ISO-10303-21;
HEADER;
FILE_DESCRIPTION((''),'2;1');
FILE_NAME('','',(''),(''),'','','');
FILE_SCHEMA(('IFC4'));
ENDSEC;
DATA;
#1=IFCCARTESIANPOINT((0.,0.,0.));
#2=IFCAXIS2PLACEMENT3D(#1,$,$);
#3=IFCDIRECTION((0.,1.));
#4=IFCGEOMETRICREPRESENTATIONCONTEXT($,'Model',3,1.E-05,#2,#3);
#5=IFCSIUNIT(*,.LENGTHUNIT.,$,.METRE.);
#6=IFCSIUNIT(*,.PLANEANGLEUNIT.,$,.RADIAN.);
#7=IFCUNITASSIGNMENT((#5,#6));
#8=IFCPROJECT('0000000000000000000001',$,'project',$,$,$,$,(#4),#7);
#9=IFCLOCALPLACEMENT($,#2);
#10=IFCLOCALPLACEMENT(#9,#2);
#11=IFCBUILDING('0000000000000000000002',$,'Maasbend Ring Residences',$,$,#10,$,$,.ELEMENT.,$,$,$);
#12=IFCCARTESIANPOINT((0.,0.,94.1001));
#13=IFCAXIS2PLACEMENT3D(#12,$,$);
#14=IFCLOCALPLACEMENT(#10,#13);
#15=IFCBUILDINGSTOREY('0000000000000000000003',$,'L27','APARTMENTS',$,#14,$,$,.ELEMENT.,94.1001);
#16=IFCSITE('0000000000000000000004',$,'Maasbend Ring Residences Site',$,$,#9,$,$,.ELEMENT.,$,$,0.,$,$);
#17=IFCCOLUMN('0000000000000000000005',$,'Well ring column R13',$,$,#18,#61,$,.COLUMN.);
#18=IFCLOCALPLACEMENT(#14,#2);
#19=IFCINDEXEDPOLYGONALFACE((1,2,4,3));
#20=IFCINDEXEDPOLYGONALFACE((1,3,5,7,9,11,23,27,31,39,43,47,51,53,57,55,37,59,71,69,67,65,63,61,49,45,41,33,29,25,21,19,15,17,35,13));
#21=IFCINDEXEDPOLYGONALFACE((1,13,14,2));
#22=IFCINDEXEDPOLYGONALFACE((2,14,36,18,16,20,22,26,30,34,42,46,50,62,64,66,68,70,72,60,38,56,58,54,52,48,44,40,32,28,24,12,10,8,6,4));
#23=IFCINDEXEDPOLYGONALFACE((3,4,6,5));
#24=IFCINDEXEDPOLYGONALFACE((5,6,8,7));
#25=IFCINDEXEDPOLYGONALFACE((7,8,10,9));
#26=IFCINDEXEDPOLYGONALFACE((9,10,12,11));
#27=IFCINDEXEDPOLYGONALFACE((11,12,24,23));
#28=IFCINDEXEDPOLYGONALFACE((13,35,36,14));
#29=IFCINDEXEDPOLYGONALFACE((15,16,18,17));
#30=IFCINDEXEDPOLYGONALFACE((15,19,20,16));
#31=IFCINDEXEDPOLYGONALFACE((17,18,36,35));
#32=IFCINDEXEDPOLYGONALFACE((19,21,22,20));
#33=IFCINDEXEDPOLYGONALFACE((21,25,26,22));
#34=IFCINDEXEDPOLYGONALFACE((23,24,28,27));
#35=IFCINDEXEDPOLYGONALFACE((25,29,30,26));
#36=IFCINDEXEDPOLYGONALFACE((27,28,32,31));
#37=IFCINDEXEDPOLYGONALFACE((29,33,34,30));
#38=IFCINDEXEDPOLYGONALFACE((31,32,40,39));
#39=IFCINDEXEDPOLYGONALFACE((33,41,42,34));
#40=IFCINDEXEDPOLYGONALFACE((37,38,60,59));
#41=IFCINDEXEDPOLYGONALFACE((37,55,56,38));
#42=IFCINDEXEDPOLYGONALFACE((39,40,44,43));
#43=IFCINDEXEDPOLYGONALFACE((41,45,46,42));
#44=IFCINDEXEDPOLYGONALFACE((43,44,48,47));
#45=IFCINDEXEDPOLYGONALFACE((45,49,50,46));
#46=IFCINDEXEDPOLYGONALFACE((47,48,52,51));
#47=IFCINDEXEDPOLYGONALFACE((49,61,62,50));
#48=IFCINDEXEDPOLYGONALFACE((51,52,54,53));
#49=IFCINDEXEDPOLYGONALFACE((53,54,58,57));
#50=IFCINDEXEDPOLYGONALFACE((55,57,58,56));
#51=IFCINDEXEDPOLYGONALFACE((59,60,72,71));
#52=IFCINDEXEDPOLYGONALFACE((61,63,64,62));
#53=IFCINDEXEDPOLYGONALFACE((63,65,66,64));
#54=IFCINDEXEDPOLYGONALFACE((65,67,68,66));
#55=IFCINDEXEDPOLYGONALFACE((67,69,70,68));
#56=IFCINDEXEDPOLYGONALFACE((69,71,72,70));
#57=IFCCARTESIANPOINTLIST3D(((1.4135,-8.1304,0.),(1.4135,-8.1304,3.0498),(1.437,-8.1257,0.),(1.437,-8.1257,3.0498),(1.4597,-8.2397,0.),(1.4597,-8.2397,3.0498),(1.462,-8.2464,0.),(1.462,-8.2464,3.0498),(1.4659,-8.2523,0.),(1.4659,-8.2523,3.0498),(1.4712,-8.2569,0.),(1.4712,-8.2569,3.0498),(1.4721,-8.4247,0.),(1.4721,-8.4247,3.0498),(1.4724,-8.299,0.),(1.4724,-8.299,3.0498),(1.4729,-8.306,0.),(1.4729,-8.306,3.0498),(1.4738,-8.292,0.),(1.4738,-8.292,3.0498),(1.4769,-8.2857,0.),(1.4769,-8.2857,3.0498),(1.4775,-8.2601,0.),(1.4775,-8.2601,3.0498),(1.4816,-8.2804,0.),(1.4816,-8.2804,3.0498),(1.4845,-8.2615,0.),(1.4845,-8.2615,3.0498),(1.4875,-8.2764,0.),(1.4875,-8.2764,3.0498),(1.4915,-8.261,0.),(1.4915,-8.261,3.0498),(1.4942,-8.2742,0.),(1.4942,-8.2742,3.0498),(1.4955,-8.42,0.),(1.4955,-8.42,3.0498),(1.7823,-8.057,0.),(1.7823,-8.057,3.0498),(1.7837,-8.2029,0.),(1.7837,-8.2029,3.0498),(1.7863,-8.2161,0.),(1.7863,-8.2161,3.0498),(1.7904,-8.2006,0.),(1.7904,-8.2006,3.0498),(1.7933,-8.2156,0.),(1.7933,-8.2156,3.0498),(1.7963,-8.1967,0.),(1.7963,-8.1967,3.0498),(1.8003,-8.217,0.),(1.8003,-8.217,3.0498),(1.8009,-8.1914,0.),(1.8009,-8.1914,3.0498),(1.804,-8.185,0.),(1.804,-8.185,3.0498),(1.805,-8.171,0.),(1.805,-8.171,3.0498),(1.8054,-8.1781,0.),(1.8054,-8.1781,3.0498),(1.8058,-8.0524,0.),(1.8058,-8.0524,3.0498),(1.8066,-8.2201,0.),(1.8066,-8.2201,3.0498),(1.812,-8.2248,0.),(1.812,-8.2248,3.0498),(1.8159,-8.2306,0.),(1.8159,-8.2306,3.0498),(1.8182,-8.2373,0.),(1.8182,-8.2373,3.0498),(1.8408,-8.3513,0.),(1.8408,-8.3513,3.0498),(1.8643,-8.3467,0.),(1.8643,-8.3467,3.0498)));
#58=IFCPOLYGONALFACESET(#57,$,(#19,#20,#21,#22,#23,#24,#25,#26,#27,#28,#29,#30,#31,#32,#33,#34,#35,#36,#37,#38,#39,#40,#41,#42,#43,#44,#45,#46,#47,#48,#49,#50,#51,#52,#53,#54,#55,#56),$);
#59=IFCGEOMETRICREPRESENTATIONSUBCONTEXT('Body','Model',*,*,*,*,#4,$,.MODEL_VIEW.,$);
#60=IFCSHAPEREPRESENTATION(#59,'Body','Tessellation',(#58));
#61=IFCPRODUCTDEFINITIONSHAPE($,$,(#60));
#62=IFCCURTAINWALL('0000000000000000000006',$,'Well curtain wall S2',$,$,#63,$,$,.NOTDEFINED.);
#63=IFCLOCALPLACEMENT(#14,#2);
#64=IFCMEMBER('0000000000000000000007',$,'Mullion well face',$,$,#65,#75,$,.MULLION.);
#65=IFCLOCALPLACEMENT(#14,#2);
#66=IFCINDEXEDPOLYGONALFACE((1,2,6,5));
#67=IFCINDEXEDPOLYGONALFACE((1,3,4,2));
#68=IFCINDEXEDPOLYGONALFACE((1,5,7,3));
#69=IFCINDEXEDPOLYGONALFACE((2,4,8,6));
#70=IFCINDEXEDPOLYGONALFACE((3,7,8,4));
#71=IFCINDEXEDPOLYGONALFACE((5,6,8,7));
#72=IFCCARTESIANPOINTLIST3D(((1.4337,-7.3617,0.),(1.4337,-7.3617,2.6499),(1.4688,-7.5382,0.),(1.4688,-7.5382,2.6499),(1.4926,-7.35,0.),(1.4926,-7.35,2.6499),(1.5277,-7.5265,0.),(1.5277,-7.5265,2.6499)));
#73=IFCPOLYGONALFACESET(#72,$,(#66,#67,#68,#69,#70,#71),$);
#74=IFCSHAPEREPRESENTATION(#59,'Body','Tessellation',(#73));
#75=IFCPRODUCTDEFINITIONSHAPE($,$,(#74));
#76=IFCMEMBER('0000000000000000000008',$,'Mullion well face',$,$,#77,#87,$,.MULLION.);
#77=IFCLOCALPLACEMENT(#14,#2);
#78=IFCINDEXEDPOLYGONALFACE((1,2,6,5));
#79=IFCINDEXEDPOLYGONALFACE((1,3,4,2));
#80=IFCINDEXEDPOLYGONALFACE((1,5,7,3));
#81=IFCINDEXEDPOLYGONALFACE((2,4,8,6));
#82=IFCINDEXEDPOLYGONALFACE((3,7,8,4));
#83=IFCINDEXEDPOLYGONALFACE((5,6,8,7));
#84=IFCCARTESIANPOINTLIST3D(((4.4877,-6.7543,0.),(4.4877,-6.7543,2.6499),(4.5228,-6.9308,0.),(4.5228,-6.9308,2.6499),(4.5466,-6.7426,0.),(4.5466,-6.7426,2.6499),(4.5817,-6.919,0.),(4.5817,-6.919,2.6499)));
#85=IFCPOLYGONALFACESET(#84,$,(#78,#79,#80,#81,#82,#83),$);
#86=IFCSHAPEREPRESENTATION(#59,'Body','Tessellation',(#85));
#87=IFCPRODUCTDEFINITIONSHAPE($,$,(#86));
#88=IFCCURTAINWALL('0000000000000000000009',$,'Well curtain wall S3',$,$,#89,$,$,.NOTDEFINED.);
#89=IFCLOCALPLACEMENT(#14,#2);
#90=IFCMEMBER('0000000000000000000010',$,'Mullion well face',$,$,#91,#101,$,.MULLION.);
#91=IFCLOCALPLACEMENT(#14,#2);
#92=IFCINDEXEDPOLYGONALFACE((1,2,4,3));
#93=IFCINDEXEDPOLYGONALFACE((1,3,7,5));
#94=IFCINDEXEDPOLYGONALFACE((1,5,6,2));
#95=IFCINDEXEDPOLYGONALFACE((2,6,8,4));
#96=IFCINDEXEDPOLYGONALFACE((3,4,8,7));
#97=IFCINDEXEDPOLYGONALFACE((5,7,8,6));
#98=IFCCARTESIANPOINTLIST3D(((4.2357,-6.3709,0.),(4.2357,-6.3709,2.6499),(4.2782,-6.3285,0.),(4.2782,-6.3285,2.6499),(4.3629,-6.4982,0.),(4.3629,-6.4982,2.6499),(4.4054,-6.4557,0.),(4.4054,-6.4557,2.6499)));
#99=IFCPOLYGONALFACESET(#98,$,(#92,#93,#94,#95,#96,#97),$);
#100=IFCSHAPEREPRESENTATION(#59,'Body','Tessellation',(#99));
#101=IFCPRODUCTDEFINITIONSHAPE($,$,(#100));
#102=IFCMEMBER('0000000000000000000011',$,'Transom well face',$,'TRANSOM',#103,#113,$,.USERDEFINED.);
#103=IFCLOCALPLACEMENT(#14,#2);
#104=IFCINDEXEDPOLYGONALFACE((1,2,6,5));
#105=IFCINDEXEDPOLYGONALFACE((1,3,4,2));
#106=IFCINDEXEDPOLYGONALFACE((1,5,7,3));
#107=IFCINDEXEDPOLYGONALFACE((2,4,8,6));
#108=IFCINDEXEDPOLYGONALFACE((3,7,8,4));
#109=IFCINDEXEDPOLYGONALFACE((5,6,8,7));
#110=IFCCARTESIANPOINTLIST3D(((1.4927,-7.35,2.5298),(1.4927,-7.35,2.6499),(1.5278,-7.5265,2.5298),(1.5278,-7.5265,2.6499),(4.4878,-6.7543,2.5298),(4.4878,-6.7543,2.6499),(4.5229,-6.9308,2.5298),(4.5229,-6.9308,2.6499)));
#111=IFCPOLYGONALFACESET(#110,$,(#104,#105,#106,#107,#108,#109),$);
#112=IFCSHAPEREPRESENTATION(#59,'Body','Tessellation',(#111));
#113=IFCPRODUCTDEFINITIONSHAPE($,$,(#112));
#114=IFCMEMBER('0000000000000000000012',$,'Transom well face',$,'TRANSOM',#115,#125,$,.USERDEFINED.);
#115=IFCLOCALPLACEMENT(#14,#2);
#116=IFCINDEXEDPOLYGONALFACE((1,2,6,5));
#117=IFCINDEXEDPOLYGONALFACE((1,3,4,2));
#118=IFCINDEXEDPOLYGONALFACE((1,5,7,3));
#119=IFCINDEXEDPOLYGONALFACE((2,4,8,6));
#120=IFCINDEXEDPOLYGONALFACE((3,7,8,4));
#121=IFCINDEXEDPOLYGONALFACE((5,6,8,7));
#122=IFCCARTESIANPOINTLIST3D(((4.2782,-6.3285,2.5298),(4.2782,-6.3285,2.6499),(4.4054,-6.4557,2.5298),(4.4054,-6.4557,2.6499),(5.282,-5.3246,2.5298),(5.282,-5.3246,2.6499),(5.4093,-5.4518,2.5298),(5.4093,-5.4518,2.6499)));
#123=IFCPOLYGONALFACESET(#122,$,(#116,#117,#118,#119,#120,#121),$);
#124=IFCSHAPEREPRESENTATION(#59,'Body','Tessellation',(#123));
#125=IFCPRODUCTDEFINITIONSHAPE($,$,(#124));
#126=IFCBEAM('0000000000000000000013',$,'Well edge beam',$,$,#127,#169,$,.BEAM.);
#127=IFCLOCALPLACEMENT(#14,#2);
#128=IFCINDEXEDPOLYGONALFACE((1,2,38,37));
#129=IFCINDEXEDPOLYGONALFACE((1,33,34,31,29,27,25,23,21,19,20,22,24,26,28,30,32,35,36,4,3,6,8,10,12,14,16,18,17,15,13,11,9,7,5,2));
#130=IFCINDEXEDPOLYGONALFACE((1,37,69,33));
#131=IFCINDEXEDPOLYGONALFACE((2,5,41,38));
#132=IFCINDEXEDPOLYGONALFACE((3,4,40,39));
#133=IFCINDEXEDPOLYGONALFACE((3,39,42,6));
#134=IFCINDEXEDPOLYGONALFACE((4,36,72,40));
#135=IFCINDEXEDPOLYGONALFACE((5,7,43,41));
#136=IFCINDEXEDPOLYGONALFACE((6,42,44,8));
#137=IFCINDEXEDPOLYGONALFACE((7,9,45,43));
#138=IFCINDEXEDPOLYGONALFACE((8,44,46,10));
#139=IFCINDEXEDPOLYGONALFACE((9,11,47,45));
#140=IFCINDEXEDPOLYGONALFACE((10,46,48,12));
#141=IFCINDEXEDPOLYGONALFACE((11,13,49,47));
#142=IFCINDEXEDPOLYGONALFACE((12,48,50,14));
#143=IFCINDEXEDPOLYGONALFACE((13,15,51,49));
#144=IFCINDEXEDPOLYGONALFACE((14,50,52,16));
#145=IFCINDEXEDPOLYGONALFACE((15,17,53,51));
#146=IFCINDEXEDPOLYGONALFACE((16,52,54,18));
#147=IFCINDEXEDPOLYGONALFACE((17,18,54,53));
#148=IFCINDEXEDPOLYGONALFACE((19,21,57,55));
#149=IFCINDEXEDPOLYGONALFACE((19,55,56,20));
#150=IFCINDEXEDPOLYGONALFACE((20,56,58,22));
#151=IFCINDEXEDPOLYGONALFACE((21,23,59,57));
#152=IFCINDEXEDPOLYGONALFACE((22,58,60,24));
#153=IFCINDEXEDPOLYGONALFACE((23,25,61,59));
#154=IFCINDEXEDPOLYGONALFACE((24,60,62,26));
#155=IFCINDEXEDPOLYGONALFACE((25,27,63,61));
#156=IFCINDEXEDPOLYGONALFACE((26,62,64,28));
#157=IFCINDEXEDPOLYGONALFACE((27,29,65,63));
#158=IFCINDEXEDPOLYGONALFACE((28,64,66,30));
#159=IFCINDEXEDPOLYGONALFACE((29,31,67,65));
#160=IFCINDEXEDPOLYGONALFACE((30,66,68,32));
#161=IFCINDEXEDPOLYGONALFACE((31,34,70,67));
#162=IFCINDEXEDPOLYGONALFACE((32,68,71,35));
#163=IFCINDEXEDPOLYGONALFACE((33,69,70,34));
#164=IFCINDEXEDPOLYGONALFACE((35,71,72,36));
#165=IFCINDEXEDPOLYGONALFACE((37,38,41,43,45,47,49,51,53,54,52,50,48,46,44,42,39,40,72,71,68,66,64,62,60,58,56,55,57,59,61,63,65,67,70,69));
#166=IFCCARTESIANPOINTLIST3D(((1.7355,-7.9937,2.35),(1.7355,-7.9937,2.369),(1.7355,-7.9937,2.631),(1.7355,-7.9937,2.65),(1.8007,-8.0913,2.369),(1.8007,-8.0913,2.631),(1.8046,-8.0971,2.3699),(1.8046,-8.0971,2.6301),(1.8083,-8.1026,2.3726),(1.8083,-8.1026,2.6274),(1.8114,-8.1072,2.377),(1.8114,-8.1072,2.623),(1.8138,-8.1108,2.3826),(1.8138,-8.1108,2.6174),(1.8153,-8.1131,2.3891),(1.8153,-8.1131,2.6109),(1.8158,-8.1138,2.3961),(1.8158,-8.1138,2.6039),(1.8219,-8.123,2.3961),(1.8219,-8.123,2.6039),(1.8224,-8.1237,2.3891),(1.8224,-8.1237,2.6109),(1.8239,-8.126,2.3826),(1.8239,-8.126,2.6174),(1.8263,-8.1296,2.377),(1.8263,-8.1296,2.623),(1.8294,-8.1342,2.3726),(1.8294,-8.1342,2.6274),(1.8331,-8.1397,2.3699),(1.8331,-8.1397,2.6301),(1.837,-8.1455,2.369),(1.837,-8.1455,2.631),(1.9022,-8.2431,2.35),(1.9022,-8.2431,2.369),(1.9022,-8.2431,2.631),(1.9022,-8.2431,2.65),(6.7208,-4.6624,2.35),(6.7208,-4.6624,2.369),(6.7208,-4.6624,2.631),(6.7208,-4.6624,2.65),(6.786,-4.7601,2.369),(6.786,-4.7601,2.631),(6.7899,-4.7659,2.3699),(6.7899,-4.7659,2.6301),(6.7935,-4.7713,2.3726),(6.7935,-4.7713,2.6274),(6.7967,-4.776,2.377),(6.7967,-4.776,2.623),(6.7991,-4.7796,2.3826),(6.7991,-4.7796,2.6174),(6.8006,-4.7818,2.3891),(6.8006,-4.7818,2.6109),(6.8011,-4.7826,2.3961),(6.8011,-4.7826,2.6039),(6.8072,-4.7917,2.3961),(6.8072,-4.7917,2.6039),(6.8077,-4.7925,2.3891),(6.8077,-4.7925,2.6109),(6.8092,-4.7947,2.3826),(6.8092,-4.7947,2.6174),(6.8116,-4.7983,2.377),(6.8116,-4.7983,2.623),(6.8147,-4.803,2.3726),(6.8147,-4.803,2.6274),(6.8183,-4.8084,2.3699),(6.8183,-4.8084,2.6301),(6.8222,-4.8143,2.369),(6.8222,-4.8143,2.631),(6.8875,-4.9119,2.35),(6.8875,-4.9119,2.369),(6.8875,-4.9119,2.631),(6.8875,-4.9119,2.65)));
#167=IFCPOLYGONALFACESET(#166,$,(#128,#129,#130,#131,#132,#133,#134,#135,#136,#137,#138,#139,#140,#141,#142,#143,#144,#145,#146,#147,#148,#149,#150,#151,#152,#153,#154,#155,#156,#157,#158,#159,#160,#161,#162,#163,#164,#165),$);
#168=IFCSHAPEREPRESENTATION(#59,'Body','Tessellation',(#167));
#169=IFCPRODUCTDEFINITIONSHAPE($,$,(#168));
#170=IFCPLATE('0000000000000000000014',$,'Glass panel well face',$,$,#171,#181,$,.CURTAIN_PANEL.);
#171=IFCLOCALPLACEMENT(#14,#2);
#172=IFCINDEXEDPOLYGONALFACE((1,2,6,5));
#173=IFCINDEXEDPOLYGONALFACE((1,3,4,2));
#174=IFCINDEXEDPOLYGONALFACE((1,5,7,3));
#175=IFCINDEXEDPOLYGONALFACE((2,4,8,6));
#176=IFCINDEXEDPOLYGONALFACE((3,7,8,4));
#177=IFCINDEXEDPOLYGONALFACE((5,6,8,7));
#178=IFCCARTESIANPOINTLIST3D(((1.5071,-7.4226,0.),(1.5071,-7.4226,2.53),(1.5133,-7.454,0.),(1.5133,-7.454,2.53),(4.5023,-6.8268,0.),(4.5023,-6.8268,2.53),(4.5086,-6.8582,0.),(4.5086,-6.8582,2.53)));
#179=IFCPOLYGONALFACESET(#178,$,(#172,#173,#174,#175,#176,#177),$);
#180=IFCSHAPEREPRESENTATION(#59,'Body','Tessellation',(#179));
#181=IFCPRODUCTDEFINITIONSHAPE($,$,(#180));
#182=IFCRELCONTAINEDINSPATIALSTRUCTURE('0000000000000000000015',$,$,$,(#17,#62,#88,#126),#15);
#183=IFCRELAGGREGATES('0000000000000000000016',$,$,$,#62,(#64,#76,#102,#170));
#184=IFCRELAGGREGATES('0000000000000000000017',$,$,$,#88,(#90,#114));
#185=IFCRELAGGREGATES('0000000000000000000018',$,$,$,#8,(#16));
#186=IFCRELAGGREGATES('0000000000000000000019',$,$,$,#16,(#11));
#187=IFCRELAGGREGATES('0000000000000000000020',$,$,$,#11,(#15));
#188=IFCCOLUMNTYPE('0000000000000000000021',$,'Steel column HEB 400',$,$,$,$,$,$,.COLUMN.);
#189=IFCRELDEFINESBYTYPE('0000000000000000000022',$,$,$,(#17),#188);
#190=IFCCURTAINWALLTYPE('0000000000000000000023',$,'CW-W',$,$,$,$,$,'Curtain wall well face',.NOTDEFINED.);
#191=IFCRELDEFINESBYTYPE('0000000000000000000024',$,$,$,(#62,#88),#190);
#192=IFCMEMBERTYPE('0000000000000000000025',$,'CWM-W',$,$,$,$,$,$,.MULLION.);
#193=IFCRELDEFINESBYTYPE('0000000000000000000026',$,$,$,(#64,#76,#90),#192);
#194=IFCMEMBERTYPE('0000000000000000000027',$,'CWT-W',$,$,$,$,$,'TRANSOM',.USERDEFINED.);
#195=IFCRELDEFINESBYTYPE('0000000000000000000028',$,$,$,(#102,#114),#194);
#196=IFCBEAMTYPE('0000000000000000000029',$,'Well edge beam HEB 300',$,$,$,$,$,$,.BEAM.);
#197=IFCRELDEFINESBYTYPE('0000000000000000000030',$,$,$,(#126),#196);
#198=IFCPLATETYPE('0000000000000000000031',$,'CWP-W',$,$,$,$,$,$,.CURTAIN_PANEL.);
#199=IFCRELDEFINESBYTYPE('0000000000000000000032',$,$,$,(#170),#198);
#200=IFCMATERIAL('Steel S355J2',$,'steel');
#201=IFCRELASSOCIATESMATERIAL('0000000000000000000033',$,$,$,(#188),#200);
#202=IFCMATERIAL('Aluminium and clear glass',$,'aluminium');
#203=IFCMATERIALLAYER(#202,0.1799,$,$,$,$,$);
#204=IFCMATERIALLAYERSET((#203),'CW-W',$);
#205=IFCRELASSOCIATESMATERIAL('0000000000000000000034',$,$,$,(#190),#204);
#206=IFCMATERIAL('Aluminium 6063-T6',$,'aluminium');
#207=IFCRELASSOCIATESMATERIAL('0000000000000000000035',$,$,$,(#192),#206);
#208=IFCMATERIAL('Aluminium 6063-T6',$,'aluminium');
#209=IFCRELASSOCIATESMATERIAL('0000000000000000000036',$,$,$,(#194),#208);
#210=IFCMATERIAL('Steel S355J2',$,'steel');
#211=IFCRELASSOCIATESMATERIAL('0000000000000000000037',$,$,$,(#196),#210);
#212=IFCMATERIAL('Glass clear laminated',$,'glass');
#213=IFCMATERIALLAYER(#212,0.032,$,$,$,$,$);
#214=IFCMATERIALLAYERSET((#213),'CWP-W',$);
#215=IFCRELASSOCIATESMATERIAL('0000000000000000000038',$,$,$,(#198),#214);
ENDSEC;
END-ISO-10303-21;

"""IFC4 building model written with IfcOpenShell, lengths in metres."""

from ifc_helpers import new_model, si_unit, direction, frame, origin, origin_2d, place, context, subcontext, project, spatial, rectangle, i_section, extrude, material, layer, layer_set, material_profile, profile_set, type_object, element, aggregate, save


model = new_model("IFC4")

# Units and contexts
model_context = context("Model", 3, precision=1e-05, world=origin(), true_north=direction((0.0, 1.0)))
body_context = subcontext(model_context, "Body", "Model", "MODEL_VIEW")
ifc_project = project(units=[si_unit("LENGTHUNIT", "METRE"), si_unit("PLANEANGLEUNIT", "RADIAN")], contexts=[model_context])

# Site, building, storey
site_placement = place(None, origin())
site = spatial("IfcSite", under=ifc_project, at=site_placement, Name="Maasbend Ring Residences Site", CompositionType="ELEMENT", RefElevation=0.0)
building_placement = place(site_placement, origin())
building = spatial("IfcBuilding", under=site, at=building_placement, Name="Maasbend Ring Residences", CompositionType="ELEMENT")
storey_placement = place(building_placement, frame((0.0, 0.0, 94.1001)))
storey = spatial("IfcBuildingStorey", under=building, at=storey_placement, Name="L27", Description="APARTMENTS", CompositionType="ELEMENT", Elevation=94.1001)

# Column
ifc_material_1 = material(Name="Steel S355J2", Category="steel")
ifc_material_profile_1 = material_profile(ifc_material_1, i_section(OverallWidth=0.3, OverallDepth=0.3999, WebThickness=0.0134, FlangeThickness=0.0239, FilletRadius=0.0271, at=origin_2d()), Name="HEB 400")
ifc_profile_set_1 = profile_set([ifc_material_profile_1], Name="Steel S355J2")
column_type = type_object("IfcColumnType", Name="Steel column HEB 400", PredefinedType="COLUMN", material=ifc_profile_set_1)
column_placement = place(storey_placement, frame((1.6389, -8.2385, 0.0), z_axis=(0.0, 0.0, 1.0), x_axis=(0.19509, -0.980785, 0.0)))
element("IfcColumn", 1, at=column_placement, inside=storey, type_object=column_type, Name="Well ring column R13", PredefinedType="COLUMN", context=body_context, shape_type="SweptSolid", body=[
    extrude(i_section(OverallWidth=0.3, OverallDepth=0.3999, WebThickness=0.0134, FlangeThickness=0.0239, FilletRadius=0.0271, at=origin_2d()), origin(), (0.0, 0.0, 1.0), 3.0498),
])

# Curtain wall, members
ifc_material_2 = material(Name="Aluminium and clear glass", Category="aluminium")
ifc_layer_1 = layer(ifc_material_2, 0.1799)
ifc_layer_set_1 = layer_set([ifc_layer_1], Name="CW-W")
curtain_wall_type = type_object("IfcCurtainWallType", Name="CW-W", ElementType="Curtain wall well face", PredefinedType="NOTDEFINED", material=ifc_layer_set_1)
curtain_wall_1_placement = place(storey_placement, origin())
curtain_wall_1 = element("IfcCurtainWall", 2, at=curtain_wall_1_placement, inside=storey, type_object=curtain_wall_type, Name="Well curtain wall S2", PredefinedType="NOTDEFINED")
ifc_material_3 = material(Name="Aluminium 6063-T6", Category="aluminium")
ifc_material_profile_2 = material_profile(ifc_material_3, rectangle(XDim=0.1799, YDim=0.0601, at=origin_2d()), Name="AL 180x60")
ifc_profile_set_2 = profile_set([ifc_material_profile_2], Name="Aluminium 6063-T6")
member_type_1 = type_object("IfcMemberType", Name="CWM-W", PredefinedType="MULLION", material=ifc_profile_set_2)
member_1_placement = place(storey_placement, frame((1.4807, -7.4441, 0.0), z_axis=(0.0, 0.0, 1.0), x_axis=(-0.19509, 0.980785, 0.0)))
member_1 = element("IfcMember", 3, at=member_1_placement, type_object=member_type_1, Name="Mullion well face", PredefinedType="MULLION", context=body_context, shape_type="SweptSolid", body=[
    extrude(rectangle(XDim=0.1799, YDim=0.0601, at=origin_2d()), origin(), (0.0, 0.0, 1.0), 2.6499),
])
member_2_placement = place(storey_placement, frame((4.5347, -6.8367, 0.0), z_axis=(0.0, 0.0, 1.0), x_axis=(-0.19509, 0.980785, 0.0)))
member_2 = element("IfcMember", 4, at=member_2_placement, type_object=member_type_1, Name="Mullion well face", PredefinedType="MULLION", context=body_context, shape_type="SweptSolid", body=[
    extrude(rectangle(XDim=0.1799, YDim=0.0601, at=origin_2d()), origin(), (0.0, 0.0, 1.0), 2.6499),
])

# Curtain wall, member
curtain_wall_2_placement = place(storey_placement, origin())
curtain_wall_2 = element("IfcCurtainWall", 5, at=curtain_wall_2_placement, inside=storey, type_object=curtain_wall_type, Name="Well curtain wall S3", PredefinedType="NOTDEFINED")
member_3_placement = place(storey_placement, frame((4.3206, -6.4133, 0.0), z_axis=(0.0, 0.0, 1.0), x_axis=(-0.707107, 0.707107, 0.0)))
member_3 = element("IfcMember", 6, at=member_3_placement, type_object=member_type_1, Name="Mullion well face", PredefinedType="MULLION", context=body_context, shape_type="SweptSolid", body=[
    extrude(rectangle(XDim=0.1799, YDim=0.0601, at=origin_2d()), origin(), (0.0, 0.0, 1.0), 2.6499),
])

# Members
ifc_material_4 = material(Name="Aluminium 6063-T6", Category="aluminium")
ifc_material_profile_3 = material_profile(ifc_material_4, rectangle(XDim=0.1799, YDim=0.1201, at=origin_2d()), Name="AL 180x120")
ifc_profile_set_3 = profile_set([ifc_material_profile_3], Name="Aluminium 6063-T6")
member_type_2 = type_object("IfcMemberType", Name="CWT-W", ElementType="TRANSOM", PredefinedType="USERDEFINED", material=ifc_profile_set_3)
member_4_placement = place(storey_placement, frame((1.5103, -7.4382, 2.5898), z_axis=(0.980789, 0.195071, 0.0), x_axis=(-0.195071, 0.980789, 0.0)))
member_4 = element("IfcMember", 7, at=member_4_placement, type_object=member_type_2, Name="Transom well face", ObjectType="TRANSOM", PredefinedType="USERDEFINED", context=body_context, shape_type="SweptSolid", body=[
    extrude(rectangle(XDim=0.1799, YDim=0.1201, at=origin_2d()), origin(), (0.0, 0.0, 1.0), 3.0537),
])
member_5_placement = place(storey_placement, frame((4.3418, -6.3921, 2.5898), z_axis=(0.707107, 0.707107, 0.0), x_axis=(-0.707107, 0.707107, 0.0)))
member_5 = element("IfcMember", 8, at=member_5_placement, type_object=member_type_2, Name="Transom well face", ObjectType="TRANSOM", PredefinedType="USERDEFINED", context=body_context, shape_type="SweptSolid", body=[
    extrude(rectangle(XDim=0.1799, YDim=0.1201, at=origin_2d()), origin(), (0.0, 0.0, 1.0), 1.4197),
])

# Beam
ifc_material_5 = material(Name="Steel S355J2", Category="steel")
ifc_material_profile_4 = material_profile(ifc_material_5, i_section(OverallWidth=0.3, OverallDepth=0.3, WebThickness=0.011, FlangeThickness=0.019, FilletRadius=0.0271, at=origin_2d()), Name="HEB 300")
ifc_profile_set_4 = profile_set([ifc_material_profile_4], Name="Steel S355J2")
beam_type = type_object("IfcBeamType", Name="Well edge beam HEB 300", PredefinedType="BEAM", material=ifc_profile_set_4)
beam_placement = place(storey_placement, frame((1.8188, -8.1184, 2.5), z_axis=(0.831455, 0.555593, 0.0), x_axis=(-0.555593, 0.831455, 0.0)))
element("IfcBeam", 9, at=beam_placement, inside=storey, type_object=beam_type, Name="Well edge beam", PredefinedType="BEAM", context=body_context, shape_type="SweptSolid", body=[
    extrude(i_section(OverallWidth=0.3, OverallDepth=0.3, WebThickness=0.011, FlangeThickness=0.019, FilletRadius=0.0271, at=origin_2d()), origin(), (0.0, 0.0, 1.0), 5.9958),
])

# Plate
ifc_material_6 = material(Name="Glass clear laminated", Category="glass")
ifc_layer_2 = layer(ifc_material_6, 0.032)
ifc_layer_set_2 = layer_set([ifc_layer_2], Name="CWP-W")
plate_type = type_object("IfcPlateType", Name="CWP-W", PredefinedType="CURTAIN_PANEL", material=ifc_layer_set_2)
plate_1_placement = place(storey_placement, frame((3.0078, -7.1404, 0.0), z_axis=(0.0, 0.0, 1.0), x_axis=(0.980785, 0.19509, 0.0)))
plate_1 = element("IfcPlate", 10, at=plate_1_placement, type_object=plate_type, Name="Glass panel well face", PredefinedType="CURTAIN_PANEL", context=body_context, shape_type="SweptSolid", body=[
    extrude(rectangle(XDim=3.054, YDim=0.032, at=origin_2d()), origin(), (0.0, 0.0, 1.0), 2.53),
])
aggregate(curtain_wall_1, [member_1, member_2, member_4, plate_1])
aggregate(curtain_wall_2, [member_3, member_5])

save(model, "model.ifc")
